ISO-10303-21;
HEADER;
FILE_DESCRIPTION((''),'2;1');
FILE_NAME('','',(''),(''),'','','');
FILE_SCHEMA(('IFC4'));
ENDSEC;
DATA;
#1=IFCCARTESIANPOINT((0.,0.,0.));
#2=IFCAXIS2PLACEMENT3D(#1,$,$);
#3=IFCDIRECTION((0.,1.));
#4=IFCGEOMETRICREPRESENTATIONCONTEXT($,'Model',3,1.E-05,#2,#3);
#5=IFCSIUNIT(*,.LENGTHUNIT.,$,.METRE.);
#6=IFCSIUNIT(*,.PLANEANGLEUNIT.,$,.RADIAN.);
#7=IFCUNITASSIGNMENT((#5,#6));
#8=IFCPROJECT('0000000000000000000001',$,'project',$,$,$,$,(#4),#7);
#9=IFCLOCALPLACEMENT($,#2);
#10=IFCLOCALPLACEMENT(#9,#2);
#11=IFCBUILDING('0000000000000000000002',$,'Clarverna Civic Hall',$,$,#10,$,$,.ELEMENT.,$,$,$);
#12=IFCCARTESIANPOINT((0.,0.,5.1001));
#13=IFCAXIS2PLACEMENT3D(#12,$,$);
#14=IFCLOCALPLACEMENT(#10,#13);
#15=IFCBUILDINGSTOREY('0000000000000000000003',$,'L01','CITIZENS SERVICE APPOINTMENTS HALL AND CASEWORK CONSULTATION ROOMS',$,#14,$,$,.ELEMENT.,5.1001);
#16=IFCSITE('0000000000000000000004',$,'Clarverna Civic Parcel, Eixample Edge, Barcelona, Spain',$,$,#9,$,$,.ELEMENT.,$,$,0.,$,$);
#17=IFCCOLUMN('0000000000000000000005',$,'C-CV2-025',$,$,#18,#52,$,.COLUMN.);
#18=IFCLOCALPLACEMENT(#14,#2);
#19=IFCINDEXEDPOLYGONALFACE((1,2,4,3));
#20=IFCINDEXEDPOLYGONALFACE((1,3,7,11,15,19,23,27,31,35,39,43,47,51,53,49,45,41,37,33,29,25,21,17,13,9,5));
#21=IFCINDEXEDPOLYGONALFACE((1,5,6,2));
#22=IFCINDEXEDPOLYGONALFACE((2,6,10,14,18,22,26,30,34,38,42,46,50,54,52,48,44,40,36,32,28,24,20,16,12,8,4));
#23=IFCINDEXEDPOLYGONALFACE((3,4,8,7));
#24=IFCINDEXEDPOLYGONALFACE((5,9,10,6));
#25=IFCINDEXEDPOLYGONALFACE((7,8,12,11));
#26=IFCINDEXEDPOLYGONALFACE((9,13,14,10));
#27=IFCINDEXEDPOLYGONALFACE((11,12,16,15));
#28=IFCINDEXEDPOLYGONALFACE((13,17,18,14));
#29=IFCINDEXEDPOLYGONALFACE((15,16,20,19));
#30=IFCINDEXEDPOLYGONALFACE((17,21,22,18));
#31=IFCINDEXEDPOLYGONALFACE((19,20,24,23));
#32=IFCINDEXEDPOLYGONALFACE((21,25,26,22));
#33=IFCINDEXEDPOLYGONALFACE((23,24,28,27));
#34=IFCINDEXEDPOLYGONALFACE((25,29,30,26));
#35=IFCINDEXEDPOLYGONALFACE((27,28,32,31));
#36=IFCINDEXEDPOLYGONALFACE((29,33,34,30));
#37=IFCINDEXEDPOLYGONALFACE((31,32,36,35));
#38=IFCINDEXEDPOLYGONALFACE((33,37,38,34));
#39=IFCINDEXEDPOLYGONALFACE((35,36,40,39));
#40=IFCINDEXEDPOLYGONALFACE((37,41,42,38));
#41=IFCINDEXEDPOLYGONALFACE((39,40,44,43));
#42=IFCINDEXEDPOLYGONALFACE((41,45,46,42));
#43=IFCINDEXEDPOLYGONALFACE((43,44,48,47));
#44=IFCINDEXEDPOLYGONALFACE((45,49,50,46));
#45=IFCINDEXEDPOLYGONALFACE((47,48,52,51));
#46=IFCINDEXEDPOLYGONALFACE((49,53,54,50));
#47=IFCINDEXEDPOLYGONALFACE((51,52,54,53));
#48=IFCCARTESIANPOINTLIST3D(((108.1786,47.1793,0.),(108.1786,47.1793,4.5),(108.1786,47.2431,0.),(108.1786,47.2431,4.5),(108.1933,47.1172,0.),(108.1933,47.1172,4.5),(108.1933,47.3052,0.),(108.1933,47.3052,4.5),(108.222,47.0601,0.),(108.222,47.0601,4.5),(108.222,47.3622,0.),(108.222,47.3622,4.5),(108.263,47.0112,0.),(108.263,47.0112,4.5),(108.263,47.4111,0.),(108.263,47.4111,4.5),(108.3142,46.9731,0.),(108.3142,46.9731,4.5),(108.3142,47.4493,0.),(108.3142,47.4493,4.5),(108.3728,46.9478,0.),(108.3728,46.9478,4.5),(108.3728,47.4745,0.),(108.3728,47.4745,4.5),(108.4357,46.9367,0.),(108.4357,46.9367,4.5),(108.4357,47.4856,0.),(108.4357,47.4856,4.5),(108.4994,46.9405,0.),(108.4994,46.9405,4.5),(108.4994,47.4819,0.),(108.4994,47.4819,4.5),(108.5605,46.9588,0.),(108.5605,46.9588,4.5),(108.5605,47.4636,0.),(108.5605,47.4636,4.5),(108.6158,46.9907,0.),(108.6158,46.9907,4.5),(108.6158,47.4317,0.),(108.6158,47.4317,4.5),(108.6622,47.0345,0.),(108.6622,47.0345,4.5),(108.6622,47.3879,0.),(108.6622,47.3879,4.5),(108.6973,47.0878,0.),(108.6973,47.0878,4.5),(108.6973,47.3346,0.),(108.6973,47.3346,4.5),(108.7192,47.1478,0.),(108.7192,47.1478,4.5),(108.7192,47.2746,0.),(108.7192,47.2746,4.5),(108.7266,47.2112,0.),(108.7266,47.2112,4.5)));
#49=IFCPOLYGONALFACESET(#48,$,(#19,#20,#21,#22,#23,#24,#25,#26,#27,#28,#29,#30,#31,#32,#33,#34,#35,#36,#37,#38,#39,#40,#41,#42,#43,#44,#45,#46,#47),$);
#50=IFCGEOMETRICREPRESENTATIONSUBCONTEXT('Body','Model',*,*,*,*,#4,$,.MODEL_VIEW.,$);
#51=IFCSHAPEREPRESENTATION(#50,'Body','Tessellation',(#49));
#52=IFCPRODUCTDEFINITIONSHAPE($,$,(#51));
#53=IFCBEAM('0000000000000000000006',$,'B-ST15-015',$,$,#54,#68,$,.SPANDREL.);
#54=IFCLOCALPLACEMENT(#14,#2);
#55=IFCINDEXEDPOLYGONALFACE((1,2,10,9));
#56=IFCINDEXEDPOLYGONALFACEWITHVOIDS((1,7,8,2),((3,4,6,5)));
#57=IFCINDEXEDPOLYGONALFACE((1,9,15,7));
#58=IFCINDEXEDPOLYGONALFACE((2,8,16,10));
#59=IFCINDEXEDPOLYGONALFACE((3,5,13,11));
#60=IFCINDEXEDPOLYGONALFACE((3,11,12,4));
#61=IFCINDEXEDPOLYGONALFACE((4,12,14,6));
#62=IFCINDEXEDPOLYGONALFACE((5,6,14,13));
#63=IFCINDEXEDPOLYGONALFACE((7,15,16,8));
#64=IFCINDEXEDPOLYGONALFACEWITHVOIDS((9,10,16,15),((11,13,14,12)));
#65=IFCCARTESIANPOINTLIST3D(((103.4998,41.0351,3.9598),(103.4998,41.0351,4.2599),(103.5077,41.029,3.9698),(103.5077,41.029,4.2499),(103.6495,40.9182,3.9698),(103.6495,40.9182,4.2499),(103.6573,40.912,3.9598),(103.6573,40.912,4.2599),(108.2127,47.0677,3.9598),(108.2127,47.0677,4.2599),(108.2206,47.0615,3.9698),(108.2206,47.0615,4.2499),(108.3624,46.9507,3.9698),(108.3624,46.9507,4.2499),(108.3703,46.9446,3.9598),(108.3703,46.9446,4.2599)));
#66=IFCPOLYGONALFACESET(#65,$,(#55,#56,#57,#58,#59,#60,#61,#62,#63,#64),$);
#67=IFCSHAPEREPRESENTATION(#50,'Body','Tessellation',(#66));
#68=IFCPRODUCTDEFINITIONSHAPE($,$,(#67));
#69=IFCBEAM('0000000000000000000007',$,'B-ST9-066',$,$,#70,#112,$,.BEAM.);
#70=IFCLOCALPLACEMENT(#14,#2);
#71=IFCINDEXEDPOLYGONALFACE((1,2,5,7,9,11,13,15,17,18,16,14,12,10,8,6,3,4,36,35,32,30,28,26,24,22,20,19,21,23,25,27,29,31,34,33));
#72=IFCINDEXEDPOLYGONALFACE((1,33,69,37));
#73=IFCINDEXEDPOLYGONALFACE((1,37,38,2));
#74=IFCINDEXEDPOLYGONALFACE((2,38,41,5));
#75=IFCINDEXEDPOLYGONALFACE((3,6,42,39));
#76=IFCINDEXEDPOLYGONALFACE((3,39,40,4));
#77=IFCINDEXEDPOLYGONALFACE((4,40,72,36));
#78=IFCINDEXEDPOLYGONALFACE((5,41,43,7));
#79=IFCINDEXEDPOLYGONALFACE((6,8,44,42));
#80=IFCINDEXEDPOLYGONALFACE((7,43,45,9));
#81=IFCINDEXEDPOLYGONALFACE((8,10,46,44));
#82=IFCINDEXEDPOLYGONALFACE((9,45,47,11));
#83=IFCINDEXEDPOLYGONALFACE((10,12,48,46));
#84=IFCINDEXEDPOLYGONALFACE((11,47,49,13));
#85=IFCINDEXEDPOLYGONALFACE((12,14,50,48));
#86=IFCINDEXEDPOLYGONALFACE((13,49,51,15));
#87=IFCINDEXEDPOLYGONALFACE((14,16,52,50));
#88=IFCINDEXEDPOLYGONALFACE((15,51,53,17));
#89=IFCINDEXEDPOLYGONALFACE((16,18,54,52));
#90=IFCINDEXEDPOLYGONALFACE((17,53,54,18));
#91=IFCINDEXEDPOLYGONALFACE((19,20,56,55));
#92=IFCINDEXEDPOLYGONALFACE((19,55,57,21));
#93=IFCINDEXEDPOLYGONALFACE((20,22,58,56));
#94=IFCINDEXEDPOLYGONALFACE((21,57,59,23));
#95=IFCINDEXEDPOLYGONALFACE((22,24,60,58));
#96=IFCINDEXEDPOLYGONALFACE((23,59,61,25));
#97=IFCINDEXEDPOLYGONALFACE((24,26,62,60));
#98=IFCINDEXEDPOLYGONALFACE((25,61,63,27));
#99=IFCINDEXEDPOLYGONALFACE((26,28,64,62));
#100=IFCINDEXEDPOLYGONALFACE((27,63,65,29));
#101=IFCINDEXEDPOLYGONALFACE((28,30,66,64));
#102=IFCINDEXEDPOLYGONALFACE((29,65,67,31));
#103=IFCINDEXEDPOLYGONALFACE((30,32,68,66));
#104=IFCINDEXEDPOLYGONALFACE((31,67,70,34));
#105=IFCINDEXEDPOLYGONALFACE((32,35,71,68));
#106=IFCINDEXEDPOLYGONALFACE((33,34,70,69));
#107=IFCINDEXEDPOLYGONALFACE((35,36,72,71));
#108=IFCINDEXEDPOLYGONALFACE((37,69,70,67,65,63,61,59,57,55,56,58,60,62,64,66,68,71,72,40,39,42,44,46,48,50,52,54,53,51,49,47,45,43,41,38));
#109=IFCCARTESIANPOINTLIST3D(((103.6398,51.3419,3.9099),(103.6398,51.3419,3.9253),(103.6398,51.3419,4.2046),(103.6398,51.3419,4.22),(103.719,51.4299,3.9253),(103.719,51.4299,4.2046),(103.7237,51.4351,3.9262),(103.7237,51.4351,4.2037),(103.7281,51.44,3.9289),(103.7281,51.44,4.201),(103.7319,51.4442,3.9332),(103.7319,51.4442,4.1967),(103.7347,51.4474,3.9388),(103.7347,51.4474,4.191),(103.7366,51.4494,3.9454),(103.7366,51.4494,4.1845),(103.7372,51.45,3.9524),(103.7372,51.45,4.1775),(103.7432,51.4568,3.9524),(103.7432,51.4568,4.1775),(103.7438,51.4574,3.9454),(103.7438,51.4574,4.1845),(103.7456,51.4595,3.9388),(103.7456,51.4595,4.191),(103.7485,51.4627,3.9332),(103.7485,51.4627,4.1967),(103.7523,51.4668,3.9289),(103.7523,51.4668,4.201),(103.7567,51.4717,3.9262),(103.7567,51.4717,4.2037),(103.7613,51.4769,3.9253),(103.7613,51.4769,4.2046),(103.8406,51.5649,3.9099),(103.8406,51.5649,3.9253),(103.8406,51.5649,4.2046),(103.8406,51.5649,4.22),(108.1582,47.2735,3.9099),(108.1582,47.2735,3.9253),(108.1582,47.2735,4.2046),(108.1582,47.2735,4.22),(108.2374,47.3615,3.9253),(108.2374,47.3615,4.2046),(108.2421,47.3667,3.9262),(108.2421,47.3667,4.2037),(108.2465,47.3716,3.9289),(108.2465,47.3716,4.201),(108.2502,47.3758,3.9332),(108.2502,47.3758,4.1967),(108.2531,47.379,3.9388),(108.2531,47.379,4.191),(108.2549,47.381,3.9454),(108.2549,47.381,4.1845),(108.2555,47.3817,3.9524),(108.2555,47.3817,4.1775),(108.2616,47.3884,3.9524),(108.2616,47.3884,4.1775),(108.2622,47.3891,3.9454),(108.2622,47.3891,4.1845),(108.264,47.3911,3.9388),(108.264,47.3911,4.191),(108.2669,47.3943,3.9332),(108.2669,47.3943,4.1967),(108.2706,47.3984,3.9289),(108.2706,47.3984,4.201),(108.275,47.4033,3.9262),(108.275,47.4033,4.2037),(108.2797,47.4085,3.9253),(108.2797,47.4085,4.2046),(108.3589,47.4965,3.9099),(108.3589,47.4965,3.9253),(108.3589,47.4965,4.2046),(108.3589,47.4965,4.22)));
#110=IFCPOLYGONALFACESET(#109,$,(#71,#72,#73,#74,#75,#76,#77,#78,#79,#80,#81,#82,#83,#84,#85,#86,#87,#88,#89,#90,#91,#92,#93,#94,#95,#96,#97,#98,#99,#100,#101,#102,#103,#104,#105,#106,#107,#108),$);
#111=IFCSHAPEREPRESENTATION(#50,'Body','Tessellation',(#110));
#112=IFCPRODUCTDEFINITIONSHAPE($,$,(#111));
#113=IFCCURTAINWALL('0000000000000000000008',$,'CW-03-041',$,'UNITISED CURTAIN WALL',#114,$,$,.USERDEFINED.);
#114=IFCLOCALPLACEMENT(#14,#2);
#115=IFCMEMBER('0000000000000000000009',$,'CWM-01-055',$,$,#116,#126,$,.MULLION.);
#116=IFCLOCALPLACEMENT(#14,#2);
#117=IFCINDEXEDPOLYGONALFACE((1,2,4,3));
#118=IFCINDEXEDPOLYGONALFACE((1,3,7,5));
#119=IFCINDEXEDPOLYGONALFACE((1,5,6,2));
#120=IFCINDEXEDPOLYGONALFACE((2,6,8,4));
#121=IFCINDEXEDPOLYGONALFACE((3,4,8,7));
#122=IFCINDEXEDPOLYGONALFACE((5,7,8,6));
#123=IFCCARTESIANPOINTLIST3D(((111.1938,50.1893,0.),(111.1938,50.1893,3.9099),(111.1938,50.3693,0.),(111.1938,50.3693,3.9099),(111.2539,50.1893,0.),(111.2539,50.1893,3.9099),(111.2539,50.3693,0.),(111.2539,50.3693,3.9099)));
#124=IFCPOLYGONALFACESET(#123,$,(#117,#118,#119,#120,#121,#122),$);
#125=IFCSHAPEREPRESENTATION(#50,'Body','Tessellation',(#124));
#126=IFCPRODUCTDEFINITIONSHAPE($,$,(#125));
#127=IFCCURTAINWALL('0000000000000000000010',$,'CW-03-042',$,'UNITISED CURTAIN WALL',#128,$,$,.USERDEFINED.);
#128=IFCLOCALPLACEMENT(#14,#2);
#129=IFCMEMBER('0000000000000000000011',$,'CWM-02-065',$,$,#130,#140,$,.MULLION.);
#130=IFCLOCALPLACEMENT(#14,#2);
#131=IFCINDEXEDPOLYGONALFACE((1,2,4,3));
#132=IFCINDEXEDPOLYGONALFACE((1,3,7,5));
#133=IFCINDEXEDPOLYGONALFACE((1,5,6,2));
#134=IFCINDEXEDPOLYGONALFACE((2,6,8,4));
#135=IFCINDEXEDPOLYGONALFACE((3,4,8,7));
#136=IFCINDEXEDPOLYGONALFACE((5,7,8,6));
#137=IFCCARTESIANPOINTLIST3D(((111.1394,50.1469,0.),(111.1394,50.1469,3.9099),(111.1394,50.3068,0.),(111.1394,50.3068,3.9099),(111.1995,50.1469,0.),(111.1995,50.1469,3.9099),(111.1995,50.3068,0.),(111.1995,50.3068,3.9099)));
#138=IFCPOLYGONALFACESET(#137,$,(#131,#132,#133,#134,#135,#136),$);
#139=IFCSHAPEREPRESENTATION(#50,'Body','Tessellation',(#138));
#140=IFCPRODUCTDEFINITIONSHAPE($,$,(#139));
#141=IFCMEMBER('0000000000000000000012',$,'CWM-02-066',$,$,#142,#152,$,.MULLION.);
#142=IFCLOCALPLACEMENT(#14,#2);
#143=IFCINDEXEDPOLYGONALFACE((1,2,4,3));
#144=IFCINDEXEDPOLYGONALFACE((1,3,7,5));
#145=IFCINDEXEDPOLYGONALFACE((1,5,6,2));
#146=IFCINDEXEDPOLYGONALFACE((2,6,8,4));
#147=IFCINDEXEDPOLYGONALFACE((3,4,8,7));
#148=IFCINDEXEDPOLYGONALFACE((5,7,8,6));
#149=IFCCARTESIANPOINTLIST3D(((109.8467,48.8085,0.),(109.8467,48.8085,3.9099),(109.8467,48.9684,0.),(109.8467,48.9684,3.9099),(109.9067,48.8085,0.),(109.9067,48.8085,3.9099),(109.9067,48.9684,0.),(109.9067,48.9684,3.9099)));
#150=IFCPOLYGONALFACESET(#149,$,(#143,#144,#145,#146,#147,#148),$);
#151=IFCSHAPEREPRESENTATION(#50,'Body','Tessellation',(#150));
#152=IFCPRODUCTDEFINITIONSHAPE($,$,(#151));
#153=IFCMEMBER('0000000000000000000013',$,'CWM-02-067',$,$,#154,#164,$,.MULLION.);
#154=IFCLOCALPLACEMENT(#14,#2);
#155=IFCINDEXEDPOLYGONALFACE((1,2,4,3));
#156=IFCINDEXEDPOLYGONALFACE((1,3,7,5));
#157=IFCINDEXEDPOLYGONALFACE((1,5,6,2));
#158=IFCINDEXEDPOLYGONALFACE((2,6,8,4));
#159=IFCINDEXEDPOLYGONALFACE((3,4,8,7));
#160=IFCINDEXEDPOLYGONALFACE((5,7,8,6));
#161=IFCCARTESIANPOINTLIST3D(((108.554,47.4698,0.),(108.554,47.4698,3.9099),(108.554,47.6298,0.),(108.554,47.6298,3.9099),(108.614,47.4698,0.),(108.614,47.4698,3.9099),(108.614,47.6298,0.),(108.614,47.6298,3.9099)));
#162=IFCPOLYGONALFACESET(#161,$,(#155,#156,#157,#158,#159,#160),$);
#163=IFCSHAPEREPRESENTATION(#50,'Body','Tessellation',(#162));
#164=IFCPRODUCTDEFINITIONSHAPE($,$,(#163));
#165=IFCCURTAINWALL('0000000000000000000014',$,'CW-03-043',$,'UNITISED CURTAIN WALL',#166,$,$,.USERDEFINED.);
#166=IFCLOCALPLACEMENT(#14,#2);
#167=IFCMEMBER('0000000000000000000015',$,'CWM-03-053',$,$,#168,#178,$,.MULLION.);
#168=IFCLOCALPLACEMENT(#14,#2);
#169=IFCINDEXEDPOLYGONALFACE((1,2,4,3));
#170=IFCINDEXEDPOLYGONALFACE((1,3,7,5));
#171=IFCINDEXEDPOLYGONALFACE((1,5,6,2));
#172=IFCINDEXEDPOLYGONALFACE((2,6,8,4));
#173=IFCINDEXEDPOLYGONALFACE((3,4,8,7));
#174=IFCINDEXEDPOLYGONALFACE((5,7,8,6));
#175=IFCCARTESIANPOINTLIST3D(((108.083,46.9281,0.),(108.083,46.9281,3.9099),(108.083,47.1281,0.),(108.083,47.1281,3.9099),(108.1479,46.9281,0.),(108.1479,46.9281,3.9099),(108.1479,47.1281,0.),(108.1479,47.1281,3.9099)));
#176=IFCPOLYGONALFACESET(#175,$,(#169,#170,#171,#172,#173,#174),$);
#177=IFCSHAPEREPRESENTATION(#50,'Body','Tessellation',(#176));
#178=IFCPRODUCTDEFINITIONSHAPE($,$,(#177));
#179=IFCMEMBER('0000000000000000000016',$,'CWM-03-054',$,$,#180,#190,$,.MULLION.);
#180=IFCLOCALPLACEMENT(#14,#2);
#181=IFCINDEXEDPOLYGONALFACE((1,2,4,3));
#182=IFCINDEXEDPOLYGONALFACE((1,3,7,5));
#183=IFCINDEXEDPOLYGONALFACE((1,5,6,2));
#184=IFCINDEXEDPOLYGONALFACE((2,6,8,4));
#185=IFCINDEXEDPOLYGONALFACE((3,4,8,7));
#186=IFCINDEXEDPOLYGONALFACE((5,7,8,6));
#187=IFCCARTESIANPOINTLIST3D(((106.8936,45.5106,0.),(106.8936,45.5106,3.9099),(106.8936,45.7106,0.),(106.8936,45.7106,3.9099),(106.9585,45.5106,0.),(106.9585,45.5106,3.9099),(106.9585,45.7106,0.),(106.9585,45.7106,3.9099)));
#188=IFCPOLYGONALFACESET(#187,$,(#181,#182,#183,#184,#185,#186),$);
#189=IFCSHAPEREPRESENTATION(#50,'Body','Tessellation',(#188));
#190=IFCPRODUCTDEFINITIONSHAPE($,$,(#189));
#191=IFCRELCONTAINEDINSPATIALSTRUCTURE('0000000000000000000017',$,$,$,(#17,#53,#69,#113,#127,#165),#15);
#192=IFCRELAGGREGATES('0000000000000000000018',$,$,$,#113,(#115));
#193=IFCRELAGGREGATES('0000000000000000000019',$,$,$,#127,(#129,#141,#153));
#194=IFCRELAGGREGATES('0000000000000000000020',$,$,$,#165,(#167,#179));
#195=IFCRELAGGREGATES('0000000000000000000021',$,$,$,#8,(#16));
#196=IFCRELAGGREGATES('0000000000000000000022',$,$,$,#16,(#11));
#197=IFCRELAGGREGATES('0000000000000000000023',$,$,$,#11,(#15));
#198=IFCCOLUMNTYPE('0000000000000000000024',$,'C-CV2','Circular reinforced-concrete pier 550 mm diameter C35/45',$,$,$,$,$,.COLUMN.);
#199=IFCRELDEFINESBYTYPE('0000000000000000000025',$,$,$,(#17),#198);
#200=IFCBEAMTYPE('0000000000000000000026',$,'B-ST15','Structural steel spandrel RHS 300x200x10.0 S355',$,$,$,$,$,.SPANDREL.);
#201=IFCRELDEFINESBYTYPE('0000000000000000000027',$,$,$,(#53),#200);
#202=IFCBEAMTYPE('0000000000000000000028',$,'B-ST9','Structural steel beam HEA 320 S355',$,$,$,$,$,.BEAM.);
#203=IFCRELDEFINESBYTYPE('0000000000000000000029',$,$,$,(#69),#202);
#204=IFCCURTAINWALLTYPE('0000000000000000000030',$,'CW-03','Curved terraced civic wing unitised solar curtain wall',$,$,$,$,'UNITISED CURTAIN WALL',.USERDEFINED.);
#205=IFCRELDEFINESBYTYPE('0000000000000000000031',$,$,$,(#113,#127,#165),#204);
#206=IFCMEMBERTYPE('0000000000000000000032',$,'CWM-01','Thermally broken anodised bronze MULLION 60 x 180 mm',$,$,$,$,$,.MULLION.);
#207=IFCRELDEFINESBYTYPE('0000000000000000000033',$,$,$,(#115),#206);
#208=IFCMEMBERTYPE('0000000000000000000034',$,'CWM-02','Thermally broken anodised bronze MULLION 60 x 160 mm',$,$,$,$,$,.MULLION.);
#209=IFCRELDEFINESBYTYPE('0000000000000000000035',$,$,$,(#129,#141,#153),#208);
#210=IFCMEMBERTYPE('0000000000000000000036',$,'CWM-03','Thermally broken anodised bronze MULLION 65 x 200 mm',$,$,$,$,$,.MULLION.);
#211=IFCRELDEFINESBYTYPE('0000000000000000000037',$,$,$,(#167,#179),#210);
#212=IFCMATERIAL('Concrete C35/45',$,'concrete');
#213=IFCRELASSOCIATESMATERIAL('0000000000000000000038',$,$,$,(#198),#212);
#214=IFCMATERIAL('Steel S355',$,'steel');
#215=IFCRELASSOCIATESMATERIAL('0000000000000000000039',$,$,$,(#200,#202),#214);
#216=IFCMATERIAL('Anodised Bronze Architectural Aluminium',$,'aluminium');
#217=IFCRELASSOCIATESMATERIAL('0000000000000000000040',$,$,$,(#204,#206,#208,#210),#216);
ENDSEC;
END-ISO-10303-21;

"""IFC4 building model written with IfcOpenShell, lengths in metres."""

from ifc_helpers import new_model, si_unit, direction, frame, origin, origin_2d, place, context, subcontext, project, spatial, rectangle, hollow_rectangle, circle, i_section, extrude, material, material_profile, profile_set, type_object, element, aggregate, save


model = new_model("IFC4")

# Units and contexts
model_context = context("Model", 3, precision=1e-05, world=origin(), true_north=direction((0.0, 1.0)))
body_context = subcontext(model_context, "Body", "Model", "MODEL_VIEW")
ifc_project = project(units=[si_unit("LENGTHUNIT", "METRE"), si_unit("PLANEANGLEUNIT", "RADIAN")], contexts=[model_context])

# Site, building, storey
site_placement = place(None, origin())
site = spatial("IfcSite", under=ifc_project, at=site_placement, Name="Clarverna Civic Parcel, Eixample Edge, Barcelona, Spain", CompositionType="ELEMENT", RefElevation=0.0)
building_placement = place(site_placement, origin())
building = spatial("IfcBuilding", under=site, at=building_placement, Name="Clarverna Civic Hall", CompositionType="ELEMENT")
storey_placement = place(building_placement, frame((0.0, 0.0, 5.1001)))
storey = spatial("IfcBuildingStorey", under=building, at=storey_placement, Name="L01", Description="CITIZENS SERVICE APPOINTMENTS HALL AND CASEWORK CONSULTATION ROOMS", CompositionType="ELEMENT", Elevation=5.1001)

# Column
ifc_material_1 = material(Name="Concrete C35/45", Category="concrete")
ifc_material_profile_1 = material_profile(ifc_material_1, circle(Radius=0.2749, at=origin_2d()), Name="RC D550")
ifc_profile_set_1 = profile_set([ifc_material_profile_1], Name="Concrete C35/45")
column_type = type_object("IfcColumnType", Name="C-CV2", Description="Circular reinforced-concrete pier 550 mm diameter C35/45", PredefinedType="COLUMN", material=ifc_profile_set_1)
column_placement = place(storey_placement, frame((108.4517, 47.2112, 0.0), z_axis=(0.0, 0.0, 1.0), x_axis=(1.0, 0.0, 0.0)))
element("IfcColumn", 1, at=column_placement, inside=storey, type_object=column_type, Name="C-CV2-025", PredefinedType="COLUMN", context=body_context, shape_type="SweptSolid", body=[
    extrude(circle(Radius=0.2749, at=origin_2d()), origin(), (0.0, 0.0, 1.0), 4.5),
])

# Beams
ifc_material_2 = material(Name="Steel S355", Category="steel")
ifc_material_profile_2 = material_profile(ifc_material_2, hollow_rectangle(XDim=0.2, YDim=0.3, WallThickness=0.01, at=origin_2d()), Name="RHS 300x200x10.0")
ifc_profile_set_2 = profile_set([ifc_material_profile_2], Name="Steel S355")
beam_type_1 = type_object("IfcBeamType", Name="B-ST15", Description="Structural steel spandrel RHS 300x200x10.0 S355", PredefinedType="SPANDREL", material=ifc_profile_set_2)
beam_1_placement = place(storey_placement, frame((108.2915, 47.0061, 4.1099), z_axis=(-0.615646, -0.788023, 0.0), x_axis=(0.788023, -0.615646, 0.0)))
element("IfcBeam", 2, at=beam_1_placement, inside=storey, type_object=beam_type_1, Name="B-ST15-015", PredefinedType="SPANDREL", context=body_context, shape_type="SweptSolid", body=[
    extrude(hollow_rectangle(XDim=0.2, YDim=0.3, WallThickness=0.01, at=origin_2d()), origin(), (0.0, 0.0, 1.0), 7.6553),
])
ifc_material_profile_3 = material_profile(ifc_material_2, i_section(OverallWidth=0.3, OverallDepth=0.3101, WebThickness=0.009, FlangeThickness=0.0154, FilletRadius=0.0271, at=origin_2d()), Name="HEA 320")
ifc_profile_set_3 = profile_set([ifc_material_profile_3], Name="Steel S355")
beam_type_2 = type_object("IfcBeamType", Name="B-ST9", Description="Structural steel beam HEA 320 S355", PredefinedType="BEAM", material=ifc_profile_set_3)
beam_2_placement = place(storey_placement, frame((108.2585, 47.385, 4.0649), z_axis=(-0.74314, 0.669136, 0.0), x_axis=(-0.669136, -0.74314, 0.0)))
element("IfcBeam", 3, at=beam_2_placement, inside=storey, type_object=beam_type_2, Name="B-ST9-066", PredefinedType="BEAM", context=body_context, shape_type="SweptSolid", body=[
    extrude(i_section(OverallWidth=0.3, OverallDepth=0.3101, WebThickness=0.009, FlangeThickness=0.0154, FilletRadius=0.0271, at=origin_2d()), origin(), (0.0, 0.0, 1.0), 6.0801),
])

# Curtain wall, member
ifc_material_3 = material(Name="Anodised Bronze Architectural Aluminium", Category="aluminium")
curtain_wall_type = type_object("IfcCurtainWallType", Name="CW-03", Description="Curved terraced civic wing unitised solar curtain wall", ElementType="UNITISED CURTAIN WALL", PredefinedType="USERDEFINED", material=ifc_material_3)
curtain_wall_1_placement = place(storey_placement, origin())
curtain_wall_1 = element("IfcCurtainWall", 4, at=curtain_wall_1_placement, inside=storey, type_object=curtain_wall_type, Name="CW-03-041", ObjectType="UNITISED CURTAIN WALL", PredefinedType="USERDEFINED")
ifc_material_profile_4 = material_profile(ifc_material_3, rectangle(XDim=0.0601, YDim=0.1799, at=origin_2d()), Name="BRONZE 60x180")
ifc_profile_set_4 = profile_set([ifc_material_profile_4], Name="Anodised Bronze Architectural Aluminium")
member_type_1 = type_object("IfcMemberType", Name="CWM-01", Description="Thermally broken anodised bronze MULLION 60 x 180 mm", PredefinedType="MULLION", material=ifc_profile_set_4)
member_1_placement = place(storey_placement, frame((111.2239, 50.2793, 0.0), z_axis=(0.0, 0.0, 1.0), x_axis=(1.0, 0.0, 0.0)))
member_1 = element("IfcMember", 5, at=member_1_placement, type_object=member_type_1, Name="CWM-01-055", PredefinedType="MULLION", context=body_context, shape_type="SweptSolid", body=[
    extrude(rectangle(XDim=0.0601, YDim=0.1799, at=origin_2d()), origin(), (0.0, 0.0, 1.0), 3.9099),
])

# Curtain walls, members
curtain_wall_2_placement = place(storey_placement, origin())
curtain_wall_2 = element("IfcCurtainWall", 6, at=curtain_wall_2_placement, inside=storey, type_object=curtain_wall_type, Name="CW-03-042", ObjectType="UNITISED CURTAIN WALL", PredefinedType="USERDEFINED")
ifc_material_profile_5 = material_profile(ifc_material_3, rectangle(XDim=0.0601, YDim=0.1599, at=origin_2d()), Name="BRONZE 60x160")
ifc_profile_set_5 = profile_set([ifc_material_profile_5], Name="Anodised Bronze Architectural Aluminium")
member_type_2 = type_object("IfcMemberType", Name="CWM-02", Description="Thermally broken anodised bronze MULLION 60 x 160 mm", PredefinedType="MULLION", material=ifc_profile_set_5)
member_2_placement = place(storey_placement, frame((111.1694, 50.2268, 0.0), z_axis=(0.0, 0.0, 1.0), x_axis=(1.0, 0.0, 0.0)))
member_2 = element("IfcMember", 7, at=member_2_placement, type_object=member_type_2, Name="CWM-02-065", PredefinedType="MULLION", context=body_context, shape_type="SweptSolid", body=[
    extrude(rectangle(XDim=0.0601, YDim=0.1599, at=origin_2d()), origin(), (0.0, 0.0, 1.0), 3.9099),
])
member_3_placement = place(storey_placement, frame((109.8767, 48.8884, 0.0), z_axis=(0.0, 0.0, 1.0), x_axis=(1.0, 0.0, 0.0)))
member_3 = element("IfcMember", 8, at=member_3_placement, type_object=member_type_2, Name="CWM-02-066", PredefinedType="MULLION", context=body_context, shape_type="SweptSolid", body=[
    extrude(rectangle(XDim=0.0601, YDim=0.1599, at=origin_2d()), origin(), (0.0, 0.0, 1.0), 3.9099),
])
member_4_placement = place(storey_placement, frame((108.584, 47.5498, 0.0), z_axis=(0.0, 0.0, 1.0), x_axis=(1.0, 0.0, 0.0)))
member_4 = element("IfcMember", 9, at=member_4_placement, type_object=member_type_2, Name="CWM-02-067", PredefinedType="MULLION", context=body_context, shape_type="SweptSolid", body=[
    extrude(rectangle(XDim=0.0601, YDim=0.1599, at=origin_2d()), origin(), (0.0, 0.0, 1.0), 3.9099),
])
curtain_wall_3_placement = place(storey_placement, origin())
curtain_wall_3 = element("IfcCurtainWall", 10, at=curtain_wall_3_placement, inside=storey, type_object=curtain_wall_type, Name="CW-03-043", ObjectType="UNITISED CURTAIN WALL", PredefinedType="USERDEFINED")
ifc_material_profile_6 = material_profile(ifc_material_3, rectangle(XDim=0.0649, YDim=0.2, at=origin_2d()), Name="BRONZE 65x200")
ifc_profile_set_6 = profile_set([ifc_material_profile_6], Name="Anodised Bronze Architectural Aluminium")
member_type_3 = type_object("IfcMemberType", Name="CWM-03", Description="Thermally broken anodised bronze MULLION 65 x 200 mm", PredefinedType="MULLION", material=ifc_profile_set_6)
member_5_placement = place(storey_placement, frame((108.1155, 47.0281, 0.0), z_axis=(0.0, 0.0, 1.0), x_axis=(1.0, 0.0, 0.0)))
member_5 = element("IfcMember", 11, at=member_5_placement, type_object=member_type_3, Name="CWM-03-053", PredefinedType="MULLION", context=body_context, shape_type="SweptSolid", body=[
    extrude(rectangle(XDim=0.0649, YDim=0.2, at=origin_2d()), origin(), (0.0, 0.0, 1.0), 3.9099),
])
member_6_placement = place(storey_placement, frame((106.926, 45.6106, 0.0), z_axis=(0.0, 0.0, 1.0), x_axis=(1.0, 0.0, 0.0)))
member_6 = element("IfcMember", 12, at=member_6_placement, type_object=member_type_3, Name="CWM-03-054", PredefinedType="MULLION", context=body_context, shape_type="SweptSolid", body=[
    extrude(rectangle(XDim=0.0649, YDim=0.2, at=origin_2d()), origin(), (0.0, 0.0, 1.0), 3.9099),
])

aggregate(curtain_wall_1, [member_1])

aggregate(curtain_wall_2, [member_2, member_3, member_4])
aggregate(curtain_wall_3, [member_5, member_6])

save(model, "model.ifc")
